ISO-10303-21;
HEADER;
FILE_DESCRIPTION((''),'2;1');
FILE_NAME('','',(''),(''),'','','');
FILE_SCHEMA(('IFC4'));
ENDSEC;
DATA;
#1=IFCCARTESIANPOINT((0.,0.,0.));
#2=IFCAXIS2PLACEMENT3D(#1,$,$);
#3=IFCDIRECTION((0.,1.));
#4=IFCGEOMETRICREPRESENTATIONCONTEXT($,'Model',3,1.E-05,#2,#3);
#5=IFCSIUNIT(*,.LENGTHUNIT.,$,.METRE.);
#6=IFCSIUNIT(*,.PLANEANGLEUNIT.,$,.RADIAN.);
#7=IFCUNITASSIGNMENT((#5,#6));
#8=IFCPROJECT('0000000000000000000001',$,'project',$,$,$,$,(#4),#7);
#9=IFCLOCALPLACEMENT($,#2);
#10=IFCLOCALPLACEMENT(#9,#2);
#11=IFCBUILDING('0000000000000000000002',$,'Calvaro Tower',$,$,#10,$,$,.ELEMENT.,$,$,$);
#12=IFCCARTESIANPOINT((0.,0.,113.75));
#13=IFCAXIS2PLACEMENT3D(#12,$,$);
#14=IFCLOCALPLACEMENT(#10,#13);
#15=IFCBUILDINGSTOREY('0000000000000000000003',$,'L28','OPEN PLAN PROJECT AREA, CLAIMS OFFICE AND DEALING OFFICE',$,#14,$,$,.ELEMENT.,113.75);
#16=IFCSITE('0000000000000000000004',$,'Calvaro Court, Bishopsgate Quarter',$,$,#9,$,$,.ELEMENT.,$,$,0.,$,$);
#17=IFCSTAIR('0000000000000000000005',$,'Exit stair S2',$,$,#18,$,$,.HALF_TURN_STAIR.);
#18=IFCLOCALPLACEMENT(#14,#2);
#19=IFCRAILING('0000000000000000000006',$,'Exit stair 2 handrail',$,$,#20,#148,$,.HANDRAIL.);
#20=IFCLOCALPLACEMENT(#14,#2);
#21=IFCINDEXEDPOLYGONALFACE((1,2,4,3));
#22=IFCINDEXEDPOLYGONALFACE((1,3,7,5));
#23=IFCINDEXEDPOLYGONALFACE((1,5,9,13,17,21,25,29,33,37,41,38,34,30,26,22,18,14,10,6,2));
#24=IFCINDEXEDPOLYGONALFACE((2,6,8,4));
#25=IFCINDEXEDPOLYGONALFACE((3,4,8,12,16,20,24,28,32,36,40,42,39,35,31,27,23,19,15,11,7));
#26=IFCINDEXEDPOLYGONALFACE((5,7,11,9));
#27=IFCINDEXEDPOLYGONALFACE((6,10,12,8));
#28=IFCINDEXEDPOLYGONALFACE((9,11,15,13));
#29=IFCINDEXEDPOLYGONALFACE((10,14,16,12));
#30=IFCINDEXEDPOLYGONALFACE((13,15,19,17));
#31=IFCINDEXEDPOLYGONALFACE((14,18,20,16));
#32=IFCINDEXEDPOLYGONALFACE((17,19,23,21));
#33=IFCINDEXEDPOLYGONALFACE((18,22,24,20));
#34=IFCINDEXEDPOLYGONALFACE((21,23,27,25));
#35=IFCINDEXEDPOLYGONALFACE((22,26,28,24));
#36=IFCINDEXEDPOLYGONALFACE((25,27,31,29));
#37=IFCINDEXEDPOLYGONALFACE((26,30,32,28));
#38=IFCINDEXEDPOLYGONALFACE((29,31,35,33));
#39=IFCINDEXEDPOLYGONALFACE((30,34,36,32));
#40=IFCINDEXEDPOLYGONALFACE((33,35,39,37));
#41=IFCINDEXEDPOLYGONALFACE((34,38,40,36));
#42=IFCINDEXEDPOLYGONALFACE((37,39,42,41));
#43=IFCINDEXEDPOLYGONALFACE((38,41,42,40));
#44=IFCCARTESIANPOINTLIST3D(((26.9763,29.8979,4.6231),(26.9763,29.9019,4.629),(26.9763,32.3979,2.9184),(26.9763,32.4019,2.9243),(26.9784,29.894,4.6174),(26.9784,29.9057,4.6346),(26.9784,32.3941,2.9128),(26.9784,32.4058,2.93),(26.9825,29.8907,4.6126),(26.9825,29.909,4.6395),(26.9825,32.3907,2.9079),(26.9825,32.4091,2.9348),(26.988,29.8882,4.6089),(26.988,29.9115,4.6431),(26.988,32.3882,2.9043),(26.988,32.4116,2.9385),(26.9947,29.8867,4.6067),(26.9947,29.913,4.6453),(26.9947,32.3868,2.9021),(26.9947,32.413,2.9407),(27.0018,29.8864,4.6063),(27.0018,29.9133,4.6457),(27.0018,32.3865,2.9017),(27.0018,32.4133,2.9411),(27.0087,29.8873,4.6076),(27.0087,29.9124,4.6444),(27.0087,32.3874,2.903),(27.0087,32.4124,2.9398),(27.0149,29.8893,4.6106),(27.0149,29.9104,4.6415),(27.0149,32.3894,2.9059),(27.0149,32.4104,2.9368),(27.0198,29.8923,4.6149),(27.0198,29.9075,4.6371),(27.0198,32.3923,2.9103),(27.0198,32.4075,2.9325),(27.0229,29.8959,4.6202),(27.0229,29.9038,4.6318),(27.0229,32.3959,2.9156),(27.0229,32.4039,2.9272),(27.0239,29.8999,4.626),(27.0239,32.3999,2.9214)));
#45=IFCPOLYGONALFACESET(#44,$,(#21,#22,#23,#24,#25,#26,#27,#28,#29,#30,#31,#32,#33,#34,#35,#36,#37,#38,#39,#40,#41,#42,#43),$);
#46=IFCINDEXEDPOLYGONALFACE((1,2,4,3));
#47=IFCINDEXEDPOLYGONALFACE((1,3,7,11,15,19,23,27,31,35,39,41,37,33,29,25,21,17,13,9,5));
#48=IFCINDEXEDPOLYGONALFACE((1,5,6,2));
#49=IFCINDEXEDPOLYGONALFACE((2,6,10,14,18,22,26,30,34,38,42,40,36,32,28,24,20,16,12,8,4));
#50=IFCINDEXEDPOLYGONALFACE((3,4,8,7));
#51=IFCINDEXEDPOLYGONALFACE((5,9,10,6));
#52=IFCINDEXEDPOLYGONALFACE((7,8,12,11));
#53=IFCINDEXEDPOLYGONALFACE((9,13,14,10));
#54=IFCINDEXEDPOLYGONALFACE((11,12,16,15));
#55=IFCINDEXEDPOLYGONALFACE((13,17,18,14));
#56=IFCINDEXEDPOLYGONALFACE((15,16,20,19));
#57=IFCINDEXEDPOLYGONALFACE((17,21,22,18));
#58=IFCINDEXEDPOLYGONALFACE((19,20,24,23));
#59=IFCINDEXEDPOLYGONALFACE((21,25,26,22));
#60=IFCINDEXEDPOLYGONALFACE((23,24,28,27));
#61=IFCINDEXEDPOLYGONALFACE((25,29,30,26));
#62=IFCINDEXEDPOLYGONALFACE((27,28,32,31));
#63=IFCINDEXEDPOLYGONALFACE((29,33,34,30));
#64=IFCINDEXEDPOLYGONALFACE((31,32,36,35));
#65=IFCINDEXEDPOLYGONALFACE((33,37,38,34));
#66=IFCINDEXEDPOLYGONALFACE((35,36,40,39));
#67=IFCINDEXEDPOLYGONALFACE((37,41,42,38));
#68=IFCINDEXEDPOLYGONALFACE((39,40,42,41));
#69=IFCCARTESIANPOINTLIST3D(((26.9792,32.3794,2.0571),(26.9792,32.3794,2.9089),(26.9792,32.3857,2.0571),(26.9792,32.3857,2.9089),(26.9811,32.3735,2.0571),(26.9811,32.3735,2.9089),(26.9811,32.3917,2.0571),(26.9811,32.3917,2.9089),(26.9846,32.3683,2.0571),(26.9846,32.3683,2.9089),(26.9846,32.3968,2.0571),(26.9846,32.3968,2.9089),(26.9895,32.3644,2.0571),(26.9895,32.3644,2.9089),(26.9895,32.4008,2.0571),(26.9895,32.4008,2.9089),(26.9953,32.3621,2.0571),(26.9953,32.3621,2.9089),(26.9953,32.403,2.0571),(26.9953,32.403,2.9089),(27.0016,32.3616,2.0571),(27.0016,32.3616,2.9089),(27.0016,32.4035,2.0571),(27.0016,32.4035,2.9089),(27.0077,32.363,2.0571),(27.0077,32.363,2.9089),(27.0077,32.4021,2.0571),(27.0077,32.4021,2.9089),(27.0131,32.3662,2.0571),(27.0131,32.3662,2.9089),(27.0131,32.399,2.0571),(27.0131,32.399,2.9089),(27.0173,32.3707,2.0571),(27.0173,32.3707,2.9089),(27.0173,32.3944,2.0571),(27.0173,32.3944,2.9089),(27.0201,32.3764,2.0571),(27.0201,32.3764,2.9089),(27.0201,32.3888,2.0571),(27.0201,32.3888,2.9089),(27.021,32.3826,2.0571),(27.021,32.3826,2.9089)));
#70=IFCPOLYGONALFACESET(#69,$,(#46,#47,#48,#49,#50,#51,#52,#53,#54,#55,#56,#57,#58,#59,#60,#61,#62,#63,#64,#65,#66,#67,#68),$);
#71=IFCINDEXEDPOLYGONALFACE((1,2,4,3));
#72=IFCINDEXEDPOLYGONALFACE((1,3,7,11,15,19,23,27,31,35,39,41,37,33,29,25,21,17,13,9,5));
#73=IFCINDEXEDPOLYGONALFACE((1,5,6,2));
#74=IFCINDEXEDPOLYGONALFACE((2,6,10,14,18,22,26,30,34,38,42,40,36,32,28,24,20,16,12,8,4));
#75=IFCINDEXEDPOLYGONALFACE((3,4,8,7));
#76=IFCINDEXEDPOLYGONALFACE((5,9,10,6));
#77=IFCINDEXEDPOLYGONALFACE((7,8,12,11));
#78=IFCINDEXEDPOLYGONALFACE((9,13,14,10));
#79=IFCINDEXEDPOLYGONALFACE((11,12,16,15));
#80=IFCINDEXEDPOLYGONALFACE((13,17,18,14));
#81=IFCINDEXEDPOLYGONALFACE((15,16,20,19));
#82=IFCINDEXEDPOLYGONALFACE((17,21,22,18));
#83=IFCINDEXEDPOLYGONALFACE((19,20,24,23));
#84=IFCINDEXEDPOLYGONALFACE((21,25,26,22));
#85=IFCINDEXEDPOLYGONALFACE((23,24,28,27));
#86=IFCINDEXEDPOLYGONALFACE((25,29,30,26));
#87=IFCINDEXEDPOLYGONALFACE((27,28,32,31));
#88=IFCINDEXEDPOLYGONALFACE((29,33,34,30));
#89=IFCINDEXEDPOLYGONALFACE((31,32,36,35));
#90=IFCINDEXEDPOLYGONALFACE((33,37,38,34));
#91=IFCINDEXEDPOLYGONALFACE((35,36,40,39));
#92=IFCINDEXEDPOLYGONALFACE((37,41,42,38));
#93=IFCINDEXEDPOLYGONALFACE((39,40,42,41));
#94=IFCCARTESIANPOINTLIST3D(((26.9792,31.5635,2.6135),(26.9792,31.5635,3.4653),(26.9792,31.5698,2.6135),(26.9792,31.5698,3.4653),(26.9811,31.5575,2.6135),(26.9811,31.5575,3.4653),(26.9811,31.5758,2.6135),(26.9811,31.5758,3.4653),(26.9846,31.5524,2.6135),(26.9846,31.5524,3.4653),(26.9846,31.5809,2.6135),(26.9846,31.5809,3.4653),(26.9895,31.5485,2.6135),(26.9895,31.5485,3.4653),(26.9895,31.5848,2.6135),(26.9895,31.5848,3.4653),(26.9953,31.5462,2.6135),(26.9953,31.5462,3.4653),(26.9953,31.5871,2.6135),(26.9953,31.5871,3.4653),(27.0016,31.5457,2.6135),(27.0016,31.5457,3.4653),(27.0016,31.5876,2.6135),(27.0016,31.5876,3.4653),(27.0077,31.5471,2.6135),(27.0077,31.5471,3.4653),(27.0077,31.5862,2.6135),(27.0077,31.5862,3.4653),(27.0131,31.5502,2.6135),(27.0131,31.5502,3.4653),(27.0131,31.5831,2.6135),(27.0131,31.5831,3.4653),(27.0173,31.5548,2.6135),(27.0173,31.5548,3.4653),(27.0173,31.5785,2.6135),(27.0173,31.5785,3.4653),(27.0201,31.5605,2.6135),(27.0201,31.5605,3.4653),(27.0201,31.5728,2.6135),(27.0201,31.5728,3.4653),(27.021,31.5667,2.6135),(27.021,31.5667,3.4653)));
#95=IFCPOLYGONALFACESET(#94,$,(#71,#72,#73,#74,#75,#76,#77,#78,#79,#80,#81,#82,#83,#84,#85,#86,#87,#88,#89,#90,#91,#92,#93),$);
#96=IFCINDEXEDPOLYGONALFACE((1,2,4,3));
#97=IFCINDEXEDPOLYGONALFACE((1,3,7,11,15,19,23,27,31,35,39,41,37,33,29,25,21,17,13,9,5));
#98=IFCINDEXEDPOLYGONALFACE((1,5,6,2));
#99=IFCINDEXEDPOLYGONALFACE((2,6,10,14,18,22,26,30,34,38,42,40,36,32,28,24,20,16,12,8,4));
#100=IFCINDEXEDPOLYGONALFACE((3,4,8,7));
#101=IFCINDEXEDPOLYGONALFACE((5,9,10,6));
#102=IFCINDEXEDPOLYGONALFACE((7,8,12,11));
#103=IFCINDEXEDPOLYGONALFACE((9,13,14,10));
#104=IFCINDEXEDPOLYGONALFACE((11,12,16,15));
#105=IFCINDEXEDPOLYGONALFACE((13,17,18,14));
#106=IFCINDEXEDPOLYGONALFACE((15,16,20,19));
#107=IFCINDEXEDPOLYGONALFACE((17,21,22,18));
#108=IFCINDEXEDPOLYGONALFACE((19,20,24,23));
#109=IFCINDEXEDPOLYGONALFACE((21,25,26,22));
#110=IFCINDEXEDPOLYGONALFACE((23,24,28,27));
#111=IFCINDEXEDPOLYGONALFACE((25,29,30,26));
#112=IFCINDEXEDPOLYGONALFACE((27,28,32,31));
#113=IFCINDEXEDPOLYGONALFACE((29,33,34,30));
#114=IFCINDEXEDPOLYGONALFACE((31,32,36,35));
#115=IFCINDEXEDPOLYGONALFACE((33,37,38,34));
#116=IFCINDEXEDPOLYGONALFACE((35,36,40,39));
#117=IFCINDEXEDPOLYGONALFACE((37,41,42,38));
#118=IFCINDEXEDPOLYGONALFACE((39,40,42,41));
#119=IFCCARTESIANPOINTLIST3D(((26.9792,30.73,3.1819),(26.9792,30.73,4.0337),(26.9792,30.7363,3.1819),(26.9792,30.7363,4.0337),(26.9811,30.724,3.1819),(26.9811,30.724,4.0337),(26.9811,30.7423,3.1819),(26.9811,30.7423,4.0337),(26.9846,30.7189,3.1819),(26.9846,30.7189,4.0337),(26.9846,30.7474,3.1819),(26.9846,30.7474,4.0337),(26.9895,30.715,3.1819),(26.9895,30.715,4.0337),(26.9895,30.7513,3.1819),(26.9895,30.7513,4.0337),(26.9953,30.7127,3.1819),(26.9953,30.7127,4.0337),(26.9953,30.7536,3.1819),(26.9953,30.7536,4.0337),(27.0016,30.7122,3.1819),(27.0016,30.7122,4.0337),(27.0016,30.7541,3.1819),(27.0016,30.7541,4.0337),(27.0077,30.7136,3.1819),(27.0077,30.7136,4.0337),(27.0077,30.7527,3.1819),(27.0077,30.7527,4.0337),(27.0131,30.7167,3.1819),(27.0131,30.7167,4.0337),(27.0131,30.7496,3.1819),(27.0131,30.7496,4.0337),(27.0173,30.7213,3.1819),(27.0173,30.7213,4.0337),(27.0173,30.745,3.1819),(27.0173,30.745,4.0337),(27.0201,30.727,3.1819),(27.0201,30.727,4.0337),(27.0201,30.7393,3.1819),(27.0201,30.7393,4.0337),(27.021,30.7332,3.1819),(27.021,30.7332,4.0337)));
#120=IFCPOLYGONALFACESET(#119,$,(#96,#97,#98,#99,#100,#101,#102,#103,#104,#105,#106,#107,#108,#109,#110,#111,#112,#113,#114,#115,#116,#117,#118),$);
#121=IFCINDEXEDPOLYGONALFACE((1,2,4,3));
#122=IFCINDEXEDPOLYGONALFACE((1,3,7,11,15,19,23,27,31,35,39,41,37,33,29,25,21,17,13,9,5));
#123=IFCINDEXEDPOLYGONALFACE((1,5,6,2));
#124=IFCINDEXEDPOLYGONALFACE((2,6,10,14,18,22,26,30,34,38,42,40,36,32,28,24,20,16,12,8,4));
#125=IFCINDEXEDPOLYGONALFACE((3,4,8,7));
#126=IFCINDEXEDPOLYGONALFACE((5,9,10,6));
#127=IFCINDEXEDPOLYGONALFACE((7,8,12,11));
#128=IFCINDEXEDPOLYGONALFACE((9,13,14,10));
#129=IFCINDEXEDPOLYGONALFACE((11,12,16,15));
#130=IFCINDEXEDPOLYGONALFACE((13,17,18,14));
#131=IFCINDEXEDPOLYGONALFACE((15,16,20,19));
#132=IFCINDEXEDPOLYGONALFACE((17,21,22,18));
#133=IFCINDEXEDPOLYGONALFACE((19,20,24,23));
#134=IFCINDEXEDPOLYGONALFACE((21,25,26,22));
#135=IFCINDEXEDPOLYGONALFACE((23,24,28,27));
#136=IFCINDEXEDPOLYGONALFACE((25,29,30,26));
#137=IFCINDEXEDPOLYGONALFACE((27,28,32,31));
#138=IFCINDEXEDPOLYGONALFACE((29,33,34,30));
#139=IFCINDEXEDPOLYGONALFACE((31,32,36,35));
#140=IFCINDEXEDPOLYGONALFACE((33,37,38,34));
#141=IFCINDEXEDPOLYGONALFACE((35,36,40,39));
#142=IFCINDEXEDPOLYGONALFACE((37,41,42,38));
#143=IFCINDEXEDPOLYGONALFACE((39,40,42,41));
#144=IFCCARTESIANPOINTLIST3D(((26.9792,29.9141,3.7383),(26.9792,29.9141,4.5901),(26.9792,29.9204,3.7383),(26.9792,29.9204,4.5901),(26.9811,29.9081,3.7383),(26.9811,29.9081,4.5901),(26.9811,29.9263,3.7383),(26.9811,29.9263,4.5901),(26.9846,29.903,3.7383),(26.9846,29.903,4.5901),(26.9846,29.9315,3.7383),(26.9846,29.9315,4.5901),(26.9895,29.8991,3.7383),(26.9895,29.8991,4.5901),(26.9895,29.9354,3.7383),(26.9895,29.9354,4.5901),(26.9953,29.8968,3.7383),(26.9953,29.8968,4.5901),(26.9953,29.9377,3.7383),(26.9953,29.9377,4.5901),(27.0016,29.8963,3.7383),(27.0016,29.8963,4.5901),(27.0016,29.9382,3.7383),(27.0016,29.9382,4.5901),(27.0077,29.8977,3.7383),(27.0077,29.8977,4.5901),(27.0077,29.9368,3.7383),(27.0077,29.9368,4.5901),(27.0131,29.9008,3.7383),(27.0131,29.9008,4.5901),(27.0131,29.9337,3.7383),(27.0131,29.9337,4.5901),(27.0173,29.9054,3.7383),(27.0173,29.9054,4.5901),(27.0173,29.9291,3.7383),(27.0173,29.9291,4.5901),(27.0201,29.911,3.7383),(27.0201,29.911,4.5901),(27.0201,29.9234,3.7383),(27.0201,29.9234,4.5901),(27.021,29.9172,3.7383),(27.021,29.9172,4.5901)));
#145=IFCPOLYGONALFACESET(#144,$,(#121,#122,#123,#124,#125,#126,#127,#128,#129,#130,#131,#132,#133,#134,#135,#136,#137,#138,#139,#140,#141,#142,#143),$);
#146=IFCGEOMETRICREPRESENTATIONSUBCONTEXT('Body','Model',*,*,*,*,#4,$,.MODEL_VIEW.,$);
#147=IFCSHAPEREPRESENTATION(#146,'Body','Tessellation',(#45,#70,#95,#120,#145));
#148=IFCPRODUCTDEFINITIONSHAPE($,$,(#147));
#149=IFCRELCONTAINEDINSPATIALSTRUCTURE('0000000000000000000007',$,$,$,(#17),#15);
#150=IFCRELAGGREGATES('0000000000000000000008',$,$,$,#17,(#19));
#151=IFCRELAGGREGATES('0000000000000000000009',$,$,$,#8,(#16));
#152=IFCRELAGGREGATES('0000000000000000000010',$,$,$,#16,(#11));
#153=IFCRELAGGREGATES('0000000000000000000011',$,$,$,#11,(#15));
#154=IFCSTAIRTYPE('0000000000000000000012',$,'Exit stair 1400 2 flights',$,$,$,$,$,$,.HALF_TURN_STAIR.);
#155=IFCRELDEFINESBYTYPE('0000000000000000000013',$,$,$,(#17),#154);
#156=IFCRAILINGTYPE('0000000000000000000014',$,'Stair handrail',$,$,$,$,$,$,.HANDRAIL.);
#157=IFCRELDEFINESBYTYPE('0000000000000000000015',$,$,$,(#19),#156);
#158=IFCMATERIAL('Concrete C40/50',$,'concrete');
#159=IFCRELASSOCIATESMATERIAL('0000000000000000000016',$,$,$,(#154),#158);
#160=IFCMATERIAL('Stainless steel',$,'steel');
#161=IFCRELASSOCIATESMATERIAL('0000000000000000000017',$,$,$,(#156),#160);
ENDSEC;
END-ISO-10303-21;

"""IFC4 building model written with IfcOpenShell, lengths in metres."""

from ifc_helpers import new_model, si_unit, direction, frame, origin, origin_2d, place, context, subcontext, project, spatial, circle, extrude, material, type_object, element, aggregate, save


model = new_model("IFC4")

# Units and contexts
model_context = context("Model", 3, precision=1e-05, world=origin(), true_north=direction((0.0, 1.0)))
body_context = subcontext(model_context, "Body", "Model", "MODEL_VIEW")
ifc_project = project(units=[si_unit("LENGTHUNIT", "METRE"), si_unit("PLANEANGLEUNIT", "RADIAN")], contexts=[model_context])

# Site, building, storey
site_placement = place(None, origin())
site = spatial("IfcSite", under=ifc_project, at=site_placement, Name="Calvaro Court, Bishopsgate Quarter", CompositionType="ELEMENT", RefElevation=0.0)
building_placement = place(site_placement, origin())
building = spatial("IfcBuilding", under=site, at=building_placement, Name="Calvaro Tower", CompositionType="ELEMENT")
storey_placement = place(building_placement, frame((0.0, 0.0, 113.75)))
storey = spatial("IfcBuildingStorey", under=building, at=storey_placement, Name="L28", Description="OPEN PLAN PROJECT AREA, CLAIMS OFFICE AND DEALING OFFICE", CompositionType="ELEMENT", Elevation=113.75)

# Stair, railing
ifc_material_1 = material(Name="Concrete C40/50", Category="concrete")
stair_type = type_object("IfcStairType", Name="Exit stair 1400 2 flights", PredefinedType="HALF_TURN_STAIR", material=ifc_material_1)
stair_placement = place(storey_placement, origin())
stair = element("IfcStair", 1, at=stair_placement, inside=storey, type_object=stair_type, Name="Exit stair S2", PredefinedType="HALF_TURN_STAIR")
ifc_material_2 = material(Name="Stainless steel", Category="steel")
railing_type = type_object("IfcRailingType", Name="Stair handrail", PredefinedType="HANDRAIL", material=ifc_material_2)
railing_1_placement = place(storey_placement, frame((27.0, 32.3999, 2.0454)))
railing_1 = element("IfcRailing", 2, at=railing_1_placement, type_object=railing_type, Name="Exit stair 2 handrail", PredefinedType="HANDRAIL", context=body_context, shape_type="SweptSolid", body=[
    extrude(circle(Radius=0.0239, at=origin_2d()), frame((0.0, 0.0, 0.876), z_axis=(0.0, -0.826221, 0.563347), x_axis=(1.0, 0.0, 0.0)), (0.0, 0.0, 1.0), 3.0259),
    extrude(circle(Radius=0.021, at=origin_2d()), frame((0.0, -0.0173, 0.0117)), (0.0, 0.0, 1.0), 0.8518),
    extrude(circle(Radius=0.021, at=origin_2d()), frame((0.0, -0.8333, 0.5681)), (0.0, 0.0, 1.0), 0.8518),
    extrude(circle(Radius=0.021, at=origin_2d()), frame((0.0, -1.6667, 1.1365)), (0.0, 0.0, 1.0), 0.8518),
    extrude(circle(Radius=0.021, at=origin_2d()), frame((0.0, -2.4827, 1.6929)), (0.0, 0.0, 1.0), 0.8518),
])
aggregate(stair, [railing_1])

save(model, "model.ifc")
